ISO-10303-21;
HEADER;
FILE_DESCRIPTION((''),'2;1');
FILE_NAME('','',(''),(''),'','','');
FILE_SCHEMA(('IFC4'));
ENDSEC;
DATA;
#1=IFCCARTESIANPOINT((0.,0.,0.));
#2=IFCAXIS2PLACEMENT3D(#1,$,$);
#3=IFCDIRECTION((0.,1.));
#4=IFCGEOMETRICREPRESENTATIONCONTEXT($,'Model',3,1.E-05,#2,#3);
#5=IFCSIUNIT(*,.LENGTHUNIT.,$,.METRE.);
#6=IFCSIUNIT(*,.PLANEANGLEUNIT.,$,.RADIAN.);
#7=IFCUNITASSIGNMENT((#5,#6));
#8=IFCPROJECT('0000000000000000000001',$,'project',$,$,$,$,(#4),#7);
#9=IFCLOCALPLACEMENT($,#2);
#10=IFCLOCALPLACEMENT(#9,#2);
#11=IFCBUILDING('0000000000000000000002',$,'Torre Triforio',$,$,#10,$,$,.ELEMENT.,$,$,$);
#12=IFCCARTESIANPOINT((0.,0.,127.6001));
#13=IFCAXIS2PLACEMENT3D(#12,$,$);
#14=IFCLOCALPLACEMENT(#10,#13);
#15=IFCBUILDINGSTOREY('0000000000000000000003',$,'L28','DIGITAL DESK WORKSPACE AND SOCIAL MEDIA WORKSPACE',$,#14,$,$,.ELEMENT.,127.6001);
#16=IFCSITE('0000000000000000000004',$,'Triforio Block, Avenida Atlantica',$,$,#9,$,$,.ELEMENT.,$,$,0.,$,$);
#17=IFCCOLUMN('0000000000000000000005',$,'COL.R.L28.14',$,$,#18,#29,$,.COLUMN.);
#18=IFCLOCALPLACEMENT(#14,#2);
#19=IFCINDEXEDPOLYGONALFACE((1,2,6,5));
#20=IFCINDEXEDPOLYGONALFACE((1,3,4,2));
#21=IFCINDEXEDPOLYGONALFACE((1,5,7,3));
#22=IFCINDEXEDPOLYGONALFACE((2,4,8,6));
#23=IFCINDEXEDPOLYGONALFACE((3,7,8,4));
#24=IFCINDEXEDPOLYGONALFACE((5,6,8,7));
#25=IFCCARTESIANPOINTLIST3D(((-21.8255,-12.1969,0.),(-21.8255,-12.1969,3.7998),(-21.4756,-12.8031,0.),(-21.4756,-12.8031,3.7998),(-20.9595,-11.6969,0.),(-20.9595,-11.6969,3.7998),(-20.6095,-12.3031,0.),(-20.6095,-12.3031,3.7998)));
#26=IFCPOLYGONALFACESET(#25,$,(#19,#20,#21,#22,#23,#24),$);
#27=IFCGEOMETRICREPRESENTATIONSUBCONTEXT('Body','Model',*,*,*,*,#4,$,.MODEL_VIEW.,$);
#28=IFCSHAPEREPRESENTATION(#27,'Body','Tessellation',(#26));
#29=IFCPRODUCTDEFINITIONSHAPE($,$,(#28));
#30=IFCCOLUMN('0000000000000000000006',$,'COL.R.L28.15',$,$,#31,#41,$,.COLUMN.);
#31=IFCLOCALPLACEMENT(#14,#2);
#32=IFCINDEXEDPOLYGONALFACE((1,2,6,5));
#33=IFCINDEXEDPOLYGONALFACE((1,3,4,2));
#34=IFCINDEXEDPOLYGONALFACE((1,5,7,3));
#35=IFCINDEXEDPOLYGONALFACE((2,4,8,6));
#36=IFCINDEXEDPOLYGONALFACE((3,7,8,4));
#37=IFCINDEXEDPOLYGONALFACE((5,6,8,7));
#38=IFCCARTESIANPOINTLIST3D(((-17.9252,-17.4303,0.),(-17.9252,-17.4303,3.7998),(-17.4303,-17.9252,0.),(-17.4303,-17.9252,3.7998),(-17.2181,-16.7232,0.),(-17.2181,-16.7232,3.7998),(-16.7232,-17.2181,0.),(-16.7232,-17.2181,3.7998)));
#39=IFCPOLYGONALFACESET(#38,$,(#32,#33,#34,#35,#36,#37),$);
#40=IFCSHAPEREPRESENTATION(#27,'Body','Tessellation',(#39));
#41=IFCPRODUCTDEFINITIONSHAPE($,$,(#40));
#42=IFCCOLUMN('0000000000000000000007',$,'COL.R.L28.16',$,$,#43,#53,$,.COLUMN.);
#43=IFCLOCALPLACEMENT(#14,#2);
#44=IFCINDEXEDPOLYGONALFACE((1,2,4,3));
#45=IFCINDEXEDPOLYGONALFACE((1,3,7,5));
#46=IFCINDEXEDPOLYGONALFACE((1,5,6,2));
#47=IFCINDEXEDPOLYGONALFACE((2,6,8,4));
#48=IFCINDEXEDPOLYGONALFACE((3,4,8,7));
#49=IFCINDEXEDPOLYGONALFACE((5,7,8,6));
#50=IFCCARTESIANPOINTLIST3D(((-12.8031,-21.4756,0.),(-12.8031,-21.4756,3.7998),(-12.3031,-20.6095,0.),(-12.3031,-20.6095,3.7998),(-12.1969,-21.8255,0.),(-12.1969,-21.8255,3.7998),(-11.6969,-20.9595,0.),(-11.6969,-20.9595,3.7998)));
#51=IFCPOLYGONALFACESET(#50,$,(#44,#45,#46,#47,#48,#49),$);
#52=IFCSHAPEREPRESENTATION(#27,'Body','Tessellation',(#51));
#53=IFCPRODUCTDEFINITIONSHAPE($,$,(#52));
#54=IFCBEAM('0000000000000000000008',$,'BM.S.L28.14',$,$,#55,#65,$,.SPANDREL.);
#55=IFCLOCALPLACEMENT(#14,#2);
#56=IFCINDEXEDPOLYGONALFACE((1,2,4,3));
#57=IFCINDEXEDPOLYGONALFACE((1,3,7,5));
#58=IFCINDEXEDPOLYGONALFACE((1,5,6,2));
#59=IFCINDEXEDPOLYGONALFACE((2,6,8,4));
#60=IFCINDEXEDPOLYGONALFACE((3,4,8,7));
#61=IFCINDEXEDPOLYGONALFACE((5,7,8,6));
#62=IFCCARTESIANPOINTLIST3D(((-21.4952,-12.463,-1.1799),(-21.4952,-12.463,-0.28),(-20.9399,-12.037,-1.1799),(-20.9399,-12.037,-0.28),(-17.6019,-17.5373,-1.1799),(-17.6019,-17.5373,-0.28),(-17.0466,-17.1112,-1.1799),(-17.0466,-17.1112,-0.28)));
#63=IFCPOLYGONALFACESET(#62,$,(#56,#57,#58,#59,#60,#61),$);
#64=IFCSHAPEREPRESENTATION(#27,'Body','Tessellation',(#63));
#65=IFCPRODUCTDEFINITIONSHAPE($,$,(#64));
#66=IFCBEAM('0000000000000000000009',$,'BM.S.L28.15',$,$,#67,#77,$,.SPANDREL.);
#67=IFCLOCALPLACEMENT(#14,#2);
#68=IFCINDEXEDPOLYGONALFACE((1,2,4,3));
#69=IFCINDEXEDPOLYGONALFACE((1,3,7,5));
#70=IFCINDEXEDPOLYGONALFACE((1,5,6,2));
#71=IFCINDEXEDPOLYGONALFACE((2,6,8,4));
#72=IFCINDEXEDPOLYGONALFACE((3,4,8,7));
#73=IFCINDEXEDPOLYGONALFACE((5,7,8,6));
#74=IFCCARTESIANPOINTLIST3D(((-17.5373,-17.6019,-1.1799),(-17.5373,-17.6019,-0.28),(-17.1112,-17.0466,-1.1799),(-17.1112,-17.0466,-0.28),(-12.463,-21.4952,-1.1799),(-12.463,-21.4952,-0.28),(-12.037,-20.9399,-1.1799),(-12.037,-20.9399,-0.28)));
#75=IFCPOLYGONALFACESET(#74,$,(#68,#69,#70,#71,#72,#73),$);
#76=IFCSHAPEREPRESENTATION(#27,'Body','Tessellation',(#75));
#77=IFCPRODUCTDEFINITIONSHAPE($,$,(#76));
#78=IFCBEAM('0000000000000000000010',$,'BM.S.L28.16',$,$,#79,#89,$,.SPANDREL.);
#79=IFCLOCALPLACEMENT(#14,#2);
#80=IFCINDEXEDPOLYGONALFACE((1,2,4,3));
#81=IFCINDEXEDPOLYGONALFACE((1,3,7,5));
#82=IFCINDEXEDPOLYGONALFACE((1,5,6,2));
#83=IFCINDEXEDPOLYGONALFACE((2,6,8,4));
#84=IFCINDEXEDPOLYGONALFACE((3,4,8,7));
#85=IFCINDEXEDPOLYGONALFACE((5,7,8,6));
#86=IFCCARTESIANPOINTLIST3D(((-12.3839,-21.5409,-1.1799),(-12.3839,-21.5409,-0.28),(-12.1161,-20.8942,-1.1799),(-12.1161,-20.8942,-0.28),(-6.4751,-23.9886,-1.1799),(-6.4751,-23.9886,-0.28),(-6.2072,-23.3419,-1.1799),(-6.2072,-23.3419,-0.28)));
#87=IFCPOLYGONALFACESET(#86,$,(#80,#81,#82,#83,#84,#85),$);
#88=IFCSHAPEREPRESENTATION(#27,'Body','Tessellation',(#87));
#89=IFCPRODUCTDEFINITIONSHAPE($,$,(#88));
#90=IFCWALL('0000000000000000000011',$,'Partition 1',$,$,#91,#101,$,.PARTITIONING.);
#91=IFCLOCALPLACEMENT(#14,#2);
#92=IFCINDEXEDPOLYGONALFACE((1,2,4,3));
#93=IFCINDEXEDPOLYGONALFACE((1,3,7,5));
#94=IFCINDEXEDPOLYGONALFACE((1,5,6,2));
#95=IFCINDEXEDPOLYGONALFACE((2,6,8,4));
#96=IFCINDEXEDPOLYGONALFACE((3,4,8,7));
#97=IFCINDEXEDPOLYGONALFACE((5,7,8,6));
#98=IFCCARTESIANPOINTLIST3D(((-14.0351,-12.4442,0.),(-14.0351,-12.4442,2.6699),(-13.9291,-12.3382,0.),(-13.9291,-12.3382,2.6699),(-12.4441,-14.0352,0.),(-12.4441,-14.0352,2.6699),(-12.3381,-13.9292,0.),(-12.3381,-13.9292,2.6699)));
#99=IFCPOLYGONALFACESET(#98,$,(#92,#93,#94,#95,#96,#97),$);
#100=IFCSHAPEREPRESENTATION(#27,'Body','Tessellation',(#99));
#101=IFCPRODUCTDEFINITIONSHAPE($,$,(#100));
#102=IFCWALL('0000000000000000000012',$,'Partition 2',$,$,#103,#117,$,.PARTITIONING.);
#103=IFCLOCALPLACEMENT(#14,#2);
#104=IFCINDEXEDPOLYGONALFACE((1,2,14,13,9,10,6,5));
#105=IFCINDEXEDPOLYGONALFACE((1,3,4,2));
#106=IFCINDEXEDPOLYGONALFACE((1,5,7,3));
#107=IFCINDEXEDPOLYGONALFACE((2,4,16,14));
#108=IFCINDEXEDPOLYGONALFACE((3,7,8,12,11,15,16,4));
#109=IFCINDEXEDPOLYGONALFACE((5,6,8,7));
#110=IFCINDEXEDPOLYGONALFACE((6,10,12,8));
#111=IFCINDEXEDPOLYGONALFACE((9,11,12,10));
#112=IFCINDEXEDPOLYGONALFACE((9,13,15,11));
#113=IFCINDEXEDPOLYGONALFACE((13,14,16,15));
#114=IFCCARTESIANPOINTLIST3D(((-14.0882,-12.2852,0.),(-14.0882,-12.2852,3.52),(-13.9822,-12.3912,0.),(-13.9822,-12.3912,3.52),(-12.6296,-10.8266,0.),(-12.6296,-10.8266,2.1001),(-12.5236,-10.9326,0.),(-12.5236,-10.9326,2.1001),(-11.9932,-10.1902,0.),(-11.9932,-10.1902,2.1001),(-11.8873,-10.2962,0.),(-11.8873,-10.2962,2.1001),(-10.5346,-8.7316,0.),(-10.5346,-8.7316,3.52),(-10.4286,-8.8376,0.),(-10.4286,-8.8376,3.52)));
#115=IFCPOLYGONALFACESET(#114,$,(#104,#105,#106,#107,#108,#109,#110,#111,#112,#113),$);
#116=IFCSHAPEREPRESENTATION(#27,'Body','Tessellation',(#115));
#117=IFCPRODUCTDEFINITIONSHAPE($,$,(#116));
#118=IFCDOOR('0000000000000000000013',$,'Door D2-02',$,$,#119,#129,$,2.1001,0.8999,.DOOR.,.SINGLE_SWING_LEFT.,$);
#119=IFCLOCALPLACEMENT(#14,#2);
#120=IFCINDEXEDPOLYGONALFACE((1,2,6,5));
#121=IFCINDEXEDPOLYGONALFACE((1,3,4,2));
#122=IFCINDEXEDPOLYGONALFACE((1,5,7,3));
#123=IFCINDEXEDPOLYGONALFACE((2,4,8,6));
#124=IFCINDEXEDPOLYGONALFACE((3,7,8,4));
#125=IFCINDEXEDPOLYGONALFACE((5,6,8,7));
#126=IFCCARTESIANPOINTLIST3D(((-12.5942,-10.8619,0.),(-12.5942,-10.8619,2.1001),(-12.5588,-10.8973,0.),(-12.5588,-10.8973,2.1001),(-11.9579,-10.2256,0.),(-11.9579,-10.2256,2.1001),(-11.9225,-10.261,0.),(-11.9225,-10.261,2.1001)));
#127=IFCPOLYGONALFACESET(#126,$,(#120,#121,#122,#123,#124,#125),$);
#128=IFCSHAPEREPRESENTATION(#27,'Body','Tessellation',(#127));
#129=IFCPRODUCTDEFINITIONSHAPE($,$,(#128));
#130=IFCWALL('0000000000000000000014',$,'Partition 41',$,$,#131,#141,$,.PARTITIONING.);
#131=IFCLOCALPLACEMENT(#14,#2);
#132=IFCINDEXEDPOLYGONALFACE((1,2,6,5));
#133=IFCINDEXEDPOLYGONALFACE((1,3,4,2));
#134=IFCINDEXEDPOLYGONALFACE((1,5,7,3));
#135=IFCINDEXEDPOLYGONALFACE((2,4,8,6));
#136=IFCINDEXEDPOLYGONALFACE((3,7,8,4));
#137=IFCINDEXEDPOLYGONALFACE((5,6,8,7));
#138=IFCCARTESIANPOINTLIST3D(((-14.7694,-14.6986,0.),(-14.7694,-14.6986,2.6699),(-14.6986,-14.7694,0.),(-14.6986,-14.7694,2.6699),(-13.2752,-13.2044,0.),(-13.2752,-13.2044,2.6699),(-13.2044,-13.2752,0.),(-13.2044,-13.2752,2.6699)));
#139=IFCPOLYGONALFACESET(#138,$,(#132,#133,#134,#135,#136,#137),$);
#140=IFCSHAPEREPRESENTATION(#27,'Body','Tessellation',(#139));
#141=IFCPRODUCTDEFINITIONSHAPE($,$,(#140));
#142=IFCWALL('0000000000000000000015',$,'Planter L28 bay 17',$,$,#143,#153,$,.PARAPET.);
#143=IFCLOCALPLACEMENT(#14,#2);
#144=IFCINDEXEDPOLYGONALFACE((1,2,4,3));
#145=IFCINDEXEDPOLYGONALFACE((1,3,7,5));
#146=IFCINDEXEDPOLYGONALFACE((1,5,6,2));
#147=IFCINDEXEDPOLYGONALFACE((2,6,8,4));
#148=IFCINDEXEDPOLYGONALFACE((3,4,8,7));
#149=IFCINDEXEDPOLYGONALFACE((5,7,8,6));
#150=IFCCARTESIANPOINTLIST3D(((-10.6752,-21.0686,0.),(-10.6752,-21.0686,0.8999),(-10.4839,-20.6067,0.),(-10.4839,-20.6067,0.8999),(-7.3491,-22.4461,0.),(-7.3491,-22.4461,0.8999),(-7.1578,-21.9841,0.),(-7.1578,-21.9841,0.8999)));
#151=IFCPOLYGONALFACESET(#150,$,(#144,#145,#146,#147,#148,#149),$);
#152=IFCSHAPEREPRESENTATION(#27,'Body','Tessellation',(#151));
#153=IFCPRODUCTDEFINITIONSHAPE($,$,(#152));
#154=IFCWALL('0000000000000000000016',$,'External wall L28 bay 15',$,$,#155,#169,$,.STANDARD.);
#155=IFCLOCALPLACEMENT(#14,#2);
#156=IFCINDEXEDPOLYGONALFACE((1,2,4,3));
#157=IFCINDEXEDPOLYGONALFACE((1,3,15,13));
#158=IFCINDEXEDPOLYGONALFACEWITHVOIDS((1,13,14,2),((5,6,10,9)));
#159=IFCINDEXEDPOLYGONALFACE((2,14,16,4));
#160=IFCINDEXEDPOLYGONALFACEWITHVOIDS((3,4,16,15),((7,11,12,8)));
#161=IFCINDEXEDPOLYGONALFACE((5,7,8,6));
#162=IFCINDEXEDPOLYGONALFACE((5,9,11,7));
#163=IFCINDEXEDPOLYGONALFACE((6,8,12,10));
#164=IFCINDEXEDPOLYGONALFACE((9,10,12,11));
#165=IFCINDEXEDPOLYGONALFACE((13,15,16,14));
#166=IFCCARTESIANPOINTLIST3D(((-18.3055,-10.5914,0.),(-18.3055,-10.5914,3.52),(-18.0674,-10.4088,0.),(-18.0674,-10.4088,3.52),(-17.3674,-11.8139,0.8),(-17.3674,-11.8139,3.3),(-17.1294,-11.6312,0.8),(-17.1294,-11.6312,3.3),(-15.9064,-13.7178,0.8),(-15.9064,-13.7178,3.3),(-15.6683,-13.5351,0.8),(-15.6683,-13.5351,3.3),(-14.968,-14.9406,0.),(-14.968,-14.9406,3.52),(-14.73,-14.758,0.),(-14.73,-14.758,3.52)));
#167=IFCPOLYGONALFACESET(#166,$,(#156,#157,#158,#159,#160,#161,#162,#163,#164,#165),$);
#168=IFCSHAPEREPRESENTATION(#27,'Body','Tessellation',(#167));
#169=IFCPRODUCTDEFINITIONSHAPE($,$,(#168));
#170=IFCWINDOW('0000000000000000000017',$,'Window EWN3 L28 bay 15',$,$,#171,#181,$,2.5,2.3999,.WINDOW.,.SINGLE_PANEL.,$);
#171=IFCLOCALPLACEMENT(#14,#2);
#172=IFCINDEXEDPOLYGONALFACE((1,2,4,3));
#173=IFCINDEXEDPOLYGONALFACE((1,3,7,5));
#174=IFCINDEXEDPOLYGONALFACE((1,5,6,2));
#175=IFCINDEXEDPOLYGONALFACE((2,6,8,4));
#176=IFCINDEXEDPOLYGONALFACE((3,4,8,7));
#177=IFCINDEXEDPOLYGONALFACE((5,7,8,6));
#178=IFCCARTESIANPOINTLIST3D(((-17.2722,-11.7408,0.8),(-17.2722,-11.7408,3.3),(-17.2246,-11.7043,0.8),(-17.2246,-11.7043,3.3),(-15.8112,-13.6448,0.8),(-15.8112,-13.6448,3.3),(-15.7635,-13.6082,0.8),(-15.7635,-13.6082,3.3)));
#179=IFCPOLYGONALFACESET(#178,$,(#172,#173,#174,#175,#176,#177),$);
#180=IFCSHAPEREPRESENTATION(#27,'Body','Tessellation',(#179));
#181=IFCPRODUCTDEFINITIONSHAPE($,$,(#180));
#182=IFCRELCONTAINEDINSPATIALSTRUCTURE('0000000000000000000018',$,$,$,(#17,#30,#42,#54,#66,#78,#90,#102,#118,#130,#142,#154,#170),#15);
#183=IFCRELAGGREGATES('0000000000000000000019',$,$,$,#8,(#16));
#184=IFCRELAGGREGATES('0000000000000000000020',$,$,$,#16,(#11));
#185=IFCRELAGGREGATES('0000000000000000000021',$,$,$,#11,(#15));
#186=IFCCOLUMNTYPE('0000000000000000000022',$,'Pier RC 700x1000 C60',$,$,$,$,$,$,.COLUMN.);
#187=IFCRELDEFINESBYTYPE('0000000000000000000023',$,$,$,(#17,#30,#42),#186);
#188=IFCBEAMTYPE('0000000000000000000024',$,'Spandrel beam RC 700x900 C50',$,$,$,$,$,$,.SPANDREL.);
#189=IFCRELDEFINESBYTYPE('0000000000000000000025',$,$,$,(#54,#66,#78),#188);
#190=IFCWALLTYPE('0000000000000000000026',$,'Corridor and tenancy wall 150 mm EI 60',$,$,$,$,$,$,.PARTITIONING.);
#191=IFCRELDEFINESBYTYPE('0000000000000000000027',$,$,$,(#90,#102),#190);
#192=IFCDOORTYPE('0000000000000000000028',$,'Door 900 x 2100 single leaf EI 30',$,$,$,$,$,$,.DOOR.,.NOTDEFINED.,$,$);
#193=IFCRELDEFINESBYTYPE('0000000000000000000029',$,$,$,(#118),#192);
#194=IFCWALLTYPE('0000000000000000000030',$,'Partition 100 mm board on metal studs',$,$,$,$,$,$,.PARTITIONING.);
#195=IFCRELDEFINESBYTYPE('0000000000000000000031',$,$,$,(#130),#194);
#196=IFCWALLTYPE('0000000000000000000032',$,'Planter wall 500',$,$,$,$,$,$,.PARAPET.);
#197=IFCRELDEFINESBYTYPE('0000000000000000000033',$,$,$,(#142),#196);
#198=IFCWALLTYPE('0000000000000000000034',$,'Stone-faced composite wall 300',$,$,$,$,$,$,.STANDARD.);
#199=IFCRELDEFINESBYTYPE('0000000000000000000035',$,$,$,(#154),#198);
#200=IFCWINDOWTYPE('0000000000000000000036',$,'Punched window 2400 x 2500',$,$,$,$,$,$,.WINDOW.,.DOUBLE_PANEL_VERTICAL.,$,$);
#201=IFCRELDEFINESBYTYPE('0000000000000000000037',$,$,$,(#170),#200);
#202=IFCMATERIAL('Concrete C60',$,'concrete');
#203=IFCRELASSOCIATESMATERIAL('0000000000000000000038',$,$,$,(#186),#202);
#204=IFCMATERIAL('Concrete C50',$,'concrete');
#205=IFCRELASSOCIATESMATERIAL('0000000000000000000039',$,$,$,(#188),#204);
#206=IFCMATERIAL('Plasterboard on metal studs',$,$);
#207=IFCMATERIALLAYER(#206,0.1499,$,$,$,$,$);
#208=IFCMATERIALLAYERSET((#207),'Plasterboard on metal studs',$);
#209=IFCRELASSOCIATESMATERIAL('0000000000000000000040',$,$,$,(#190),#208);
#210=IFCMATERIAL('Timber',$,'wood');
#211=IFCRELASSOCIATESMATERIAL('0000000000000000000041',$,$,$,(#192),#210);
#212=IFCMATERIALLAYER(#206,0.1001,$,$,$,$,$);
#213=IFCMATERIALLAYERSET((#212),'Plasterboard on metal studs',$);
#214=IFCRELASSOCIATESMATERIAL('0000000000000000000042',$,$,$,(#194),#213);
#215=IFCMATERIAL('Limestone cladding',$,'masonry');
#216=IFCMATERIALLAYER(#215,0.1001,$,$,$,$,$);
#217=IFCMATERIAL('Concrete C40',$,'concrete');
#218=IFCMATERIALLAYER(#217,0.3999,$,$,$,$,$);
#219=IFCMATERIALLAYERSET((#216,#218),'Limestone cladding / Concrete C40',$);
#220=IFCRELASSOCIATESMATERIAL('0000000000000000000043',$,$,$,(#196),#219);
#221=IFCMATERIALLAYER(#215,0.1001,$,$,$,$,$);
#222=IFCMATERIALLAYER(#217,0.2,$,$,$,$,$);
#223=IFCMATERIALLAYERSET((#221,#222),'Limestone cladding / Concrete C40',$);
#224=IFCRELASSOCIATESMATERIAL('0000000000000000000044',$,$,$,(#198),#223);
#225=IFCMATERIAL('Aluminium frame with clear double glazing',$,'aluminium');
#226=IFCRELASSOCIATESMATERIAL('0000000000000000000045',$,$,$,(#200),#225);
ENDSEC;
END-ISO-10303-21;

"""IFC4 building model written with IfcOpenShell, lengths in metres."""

from ifc_helpers import new_model, si_unit, direction, frame, frame_2d, origin, origin_2d, place, context, subcontext, project, spatial, rectangle, extrude, material, layer, layer_set, material_profile, profile_set, type_object, element, fill, save


model = new_model("IFC4")

# Units and contexts
model_context = context("Model", 3, precision=1e-05, world=origin(), true_north=direction((0.0, 1.0)))
body_context = subcontext(model_context, "Body", "Model", "MODEL_VIEW")
ifc_project = project(units=[si_unit("LENGTHUNIT", "METRE"), si_unit("PLANEANGLEUNIT", "RADIAN")], contexts=[model_context])

# Site, building, storey
site_placement = place(None, origin())
site = spatial("IfcSite", under=ifc_project, at=site_placement, Name="Triforio Block, Avenida Atlantica", CompositionType="ELEMENT", RefElevation=0.0)
building_placement = place(site_placement, origin())
building = spatial("IfcBuilding", under=site, at=building_placement, Name="Torre Triforio", CompositionType="ELEMENT")
storey_placement = place(building_placement, frame((0.0, 0.0, 127.6001)))
storey = spatial("IfcBuildingStorey", under=building, at=storey_placement, Name="L28", Description="DIGITAL DESK WORKSPACE AND SOCIAL MEDIA WORKSPACE", CompositionType="ELEMENT", Elevation=127.6001)

# Columns
ifc_material_1 = material(Name="Concrete C60", Category="concrete")
ifc_material_profile_1 = material_profile(ifc_material_1, rectangle(XDim=0.7, YDim=1.0, at=origin_2d()), Name="RC 700x1000")
ifc_profile_set_1 = profile_set([ifc_material_profile_1], Name="Concrete C60")
column_type = type_object("IfcColumnType", Name="Pier RC 700x1000 C60", PredefinedType="COLUMN", material=ifc_profile_set_1)
for number, where, z_axis, x_axis, name in (
    (1, (-21.2175, -12.25, 0.0), (0.0, 0.0, 1.0), (0.5, -0.866025, 0.0), "COL.R.L28.14"),
    (2, (-17.3242, -17.3242, 0.0), (0.0, 0.0, 1.0), (0.707107, -0.707107, 0.0), "COL.R.L28.15"),
    (3, (-12.25, -21.2175, 0.0), (0.0, 0.0, 1.0), (0.866025, -0.5, 0.0), "COL.R.L28.16"),
):
    element("IfcColumn", number, at=place(storey_placement, frame(where, z_axis=z_axis, x_axis=x_axis)), inside=storey, type_object=column_type, Name=name, PredefinedType="COLUMN", context=body_context, shape_type="SweptSolid", body=[
        extrude(rectangle(XDim=0.7, YDim=1.0, at=origin_2d()), origin(), (0.0, 0.0, 1.0), 3.7998),
    ])

# Beams
ifc_material_2 = material(Name="Concrete C50", Category="concrete")
ifc_material_profile_2 = material_profile(ifc_material_2, rectangle(XDim=0.7, YDim=0.8999, at=origin_2d()), Name="RC 700x900")
ifc_profile_set_2 = profile_set([ifc_material_profile_2], Name="Concrete C50")
beam_type = type_object("IfcBeamType", Name="Spandrel beam RC 700x900 C50", PredefinedType="SPANDREL", material=ifc_profile_set_2)
for number, where, z_axis, x_axis, name in (
    (4, (-21.2175, -12.25, -0.73), (0.608734, -0.793374, 0.0), (0.793374, 0.608734, 0.0), "BM.S.L28.14"),
    (5, (-17.3242, -17.3242, -0.73), (0.793374, -0.608734, 0.0), (0.608734, 0.793374, 0.0), "BM.S.L28.15"),
    (6, (-12.25, -21.2175, -0.73), (0.923869, -0.382709, 0.0), (0.382709, 0.923869, 0.0), "BM.S.L28.16"),
):
    element("IfcBeam", number, at=place(storey_placement, frame(where, z_axis=z_axis, x_axis=x_axis)), inside=storey, type_object=beam_type, Name=name, PredefinedType="SPANDREL", context=body_context, shape_type="SweptSolid", body=[
        extrude(rectangle(XDim=0.7, YDim=0.8999, at=origin_2d()), origin(), (0.0, 0.0, 1.0), 6.3958),
    ])

# Wall
ifc_material_3 = material(Name="Plasterboard on metal studs")
ifc_layer_1 = layer(ifc_material_3, 0.1499)
ifc_layer_set_1 = layer_set([ifc_layer_1], Name="Plasterboard on metal studs")
wall_type_1 = type_object("IfcWallType", Name="Corridor and tenancy wall 150 mm EI 60", PredefinedType="PARTITIONING", material=ifc_layer_set_1)
wall_1_placement = place(storey_placement, frame((-12.3911, -13.9822, 0.0), z_axis=(0.0, 0.0, 1.0), x_axis=(-0.707107, 0.707107, 0.0)))
element("IfcWall", 7, at=wall_1_placement, inside=storey, type_object=wall_type_1, Name="Partition 1", PredefinedType="PARTITIONING", context=body_context, shape_type="SweptSolid", body=[
    extrude(rectangle(XDim=2.25, YDim=0.1499, at=frame_2d((1.125, 0.0))), origin(), (0.0, 0.0, 1.0), 2.6699),
])

# Wall, opening, door
wall_2_placement = place(storey_placement, frame((-14.0352, -12.3381, 0.0), z_axis=(0.0, 0.0, 1.0), x_axis=(0.707107, 0.707107, 0.0)))
wall_2 = element("IfcWall", 8, at=wall_2_placement, inside=storey, type_object=wall_type_1, Name="Partition 2", PredefinedType="PARTITIONING", context=body_context, shape_type="SweptSolid", body=[
    extrude(rectangle(XDim=5.0256, YDim=0.1499, at=frame_2d((2.5127, 0.0))), origin(), (0.0, 0.0, 1.0), 3.52),
])
opening_1_placement = place(wall_2_placement, frame((2.0627, 0.0, 0.0)))
opening_1 = element("IfcOpeningElement", 9, at=opening_1_placement, cuts=wall_2, PredefinedType="OPENING", context=body_context, shape_type="SweptSolid", body=[
    extrude(rectangle(XDim=0.8999, YDim=2.1001, at=frame_2d((0.45, 1.05))), frame((0.0, 0.085, 0.0), z_axis=(0.0, -1.0, 0.0), x_axis=(1.0, 0.0, 0.0)), (0.0, 0.0, 1.0), 0.1699),
])
ifc_material_4 = material(Name="Timber", Category="wood")
door_type_1 = type_object("IfcDoorType", Name="Door 900 x 2100 single leaf EI 30", OperationType="NOTDEFINED", PredefinedType="DOOR", material=ifc_material_4)
door_1_placement = place(opening_1_placement, origin())
door_1 = element("IfcDoor", 10, at=door_1_placement, inside=storey, type_object=door_type_1, Name="Door D2-02", OperationType="SINGLE_SWING_LEFT", OverallHeight=2.1001, OverallWidth=0.8999, PredefinedType="DOOR", context=body_context, shape_type="SweptSolid", body=[
    extrude(rectangle(XDim=0.8999, YDim=2.1001, at=frame_2d((0.45, 1.05))), frame((0.0, 0.0249, 0.0), z_axis=(0.0, -1.0, 0.0), x_axis=(1.0, 0.0, 0.0)), (0.0, 0.0, 1.0), 0.05),
])
fill(opening_1, door_1)

# Walls
ifc_layer_2 = layer(ifc_material_3, 0.1001)
ifc_layer_set_2 = layer_set([ifc_layer_2], Name="Plasterboard on metal studs")
wall_type_2 = type_object("IfcWallType", Name="Partition 100 mm board on metal studs", PredefinedType="PARTITIONING", material=ifc_layer_set_2)
wall_3_placement = place(storey_placement, frame((-13.2397, -13.2397, 0.0), z_axis=(0.0, 0.0, 1.0), x_axis=(-0.707107, -0.707107, 0.0)))
element("IfcWall", 11, at=wall_3_placement, inside=storey, type_object=wall_type_2, Name="Partition 41", PredefinedType="PARTITIONING", context=body_context, shape_type="SweptSolid", body=[
    extrude(rectangle(XDim=2.113, YDim=0.1001, at=frame_2d((1.0566, 0.0))), origin(), (0.0, 0.0, 1.0), 2.6699),
])
ifc_material_5 = material(Name="Limestone cladding", Category="masonry")
ifc_layer_3 = layer(ifc_material_5, 0.1001)
ifc_material_6 = material(Name="Concrete C40", Category="concrete")
ifc_layer_4 = layer(ifc_material_6, 0.3999)
ifc_layer_set_3 = layer_set([ifc_layer_3, ifc_layer_4], Name="Limestone cladding / Concrete C40")
wall_type_3 = type_object("IfcWallType", Name="Planter wall 500", PredefinedType="PARAPET", material=ifc_layer_set_3)
wall_4_placement = place(storey_placement, frame((-10.5796, -20.8376, 0.0), z_axis=(0.0, 0.0, 1.0), x_axis=(0.923909, -0.382611, 0.0)))
element("IfcWall", 12, at=wall_4_placement, inside=storey, type_object=wall_type_3, Name="Planter L28 bay 17", PredefinedType="PARAPET", context=body_context, shape_type="SweptSolid", body=[
    extrude(rectangle(XDim=3.6001, YDim=0.5, at=frame_2d((1.8, 0.0))), origin(), (0.0, 0.0, 1.0), 0.8999),
])

# Wall, opening, window
ifc_layer_5 = layer(ifc_material_5, 0.1001)
ifc_layer_6 = layer(ifc_material_6, 0.2)
ifc_layer_set_4 = layer_set([ifc_layer_5, ifc_layer_6], Name="Limestone cladding / Concrete C40")
wall_type_4 = type_object("IfcWallType", Name="Stone-faced composite wall 300", PredefinedType="STANDARD", material=ifc_layer_set_4)
wall_5_placement = place(storey_placement, frame((-18.1865, -10.5, 0.0), z_axis=(0.0, 0.0, 1.0), x_axis=(0.608785, -0.793335, 0.0)))
wall_5 = element("IfcWall", 13, at=wall_5_placement, inside=storey, type_object=wall_type_4, Name="External wall L28 bay 15", PredefinedType="STANDARD", context=body_context, shape_type="SweptSolid", body=[
    extrude(rectangle(XDim=5.4822, YDim=0.3, at=frame_2d((2.7412, 0.0))), origin(), (0.0, 0.0, 1.0), 3.52),
])
opening_2_placement = place(wall_5_placement, frame((1.541, 0.0, 0.8)))
opening_2 = element("IfcOpeningElement", 14, at=opening_2_placement, cuts=wall_5, PredefinedType="OPENING", context=body_context, shape_type="SweptSolid", body=[
    extrude(rectangle(XDim=2.3999, YDim=2.5, at=frame_2d((1.2, 1.25))), frame((0.0, 0.1599, 0.0), z_axis=(0.0, -1.0, 0.0), x_axis=(1.0, 0.0, 0.0)), (0.0, 0.0, 1.0), 0.3201),
])
ifc_material_7 = material(Name="Aluminium frame with clear double glazing", Category="aluminium")
window_type_1 = type_object("IfcWindowType", Name="Punched window 2400 x 2500", PartitioningType="DOUBLE_PANEL_VERTICAL", PredefinedType="WINDOW", material=ifc_material_7)
window_1_placement = place(opening_2_placement, origin())
window_1 = element("IfcWindow", 15, at=window_1_placement, inside=storey, type_object=window_type_1, Name="Window EWN3 L28 bay 15", OverallHeight=2.5, OverallWidth=2.3999, PartitioningType="SINGLE_PANEL", PredefinedType="WINDOW", context=body_context, shape_type="SweptSolid", body=[
    extrude(rectangle(XDim=2.3999, YDim=2.5, at=frame_2d((1.2, 1.25))), frame((0.0, 0.03, 0.0), z_axis=(0.0, -1.0, 0.0), x_axis=(1.0, 0.0, 0.0)), (0.0, 0.0, 1.0), 0.0601),
])
fill(opening_2, window_1)

save(model, "model.ifc")
